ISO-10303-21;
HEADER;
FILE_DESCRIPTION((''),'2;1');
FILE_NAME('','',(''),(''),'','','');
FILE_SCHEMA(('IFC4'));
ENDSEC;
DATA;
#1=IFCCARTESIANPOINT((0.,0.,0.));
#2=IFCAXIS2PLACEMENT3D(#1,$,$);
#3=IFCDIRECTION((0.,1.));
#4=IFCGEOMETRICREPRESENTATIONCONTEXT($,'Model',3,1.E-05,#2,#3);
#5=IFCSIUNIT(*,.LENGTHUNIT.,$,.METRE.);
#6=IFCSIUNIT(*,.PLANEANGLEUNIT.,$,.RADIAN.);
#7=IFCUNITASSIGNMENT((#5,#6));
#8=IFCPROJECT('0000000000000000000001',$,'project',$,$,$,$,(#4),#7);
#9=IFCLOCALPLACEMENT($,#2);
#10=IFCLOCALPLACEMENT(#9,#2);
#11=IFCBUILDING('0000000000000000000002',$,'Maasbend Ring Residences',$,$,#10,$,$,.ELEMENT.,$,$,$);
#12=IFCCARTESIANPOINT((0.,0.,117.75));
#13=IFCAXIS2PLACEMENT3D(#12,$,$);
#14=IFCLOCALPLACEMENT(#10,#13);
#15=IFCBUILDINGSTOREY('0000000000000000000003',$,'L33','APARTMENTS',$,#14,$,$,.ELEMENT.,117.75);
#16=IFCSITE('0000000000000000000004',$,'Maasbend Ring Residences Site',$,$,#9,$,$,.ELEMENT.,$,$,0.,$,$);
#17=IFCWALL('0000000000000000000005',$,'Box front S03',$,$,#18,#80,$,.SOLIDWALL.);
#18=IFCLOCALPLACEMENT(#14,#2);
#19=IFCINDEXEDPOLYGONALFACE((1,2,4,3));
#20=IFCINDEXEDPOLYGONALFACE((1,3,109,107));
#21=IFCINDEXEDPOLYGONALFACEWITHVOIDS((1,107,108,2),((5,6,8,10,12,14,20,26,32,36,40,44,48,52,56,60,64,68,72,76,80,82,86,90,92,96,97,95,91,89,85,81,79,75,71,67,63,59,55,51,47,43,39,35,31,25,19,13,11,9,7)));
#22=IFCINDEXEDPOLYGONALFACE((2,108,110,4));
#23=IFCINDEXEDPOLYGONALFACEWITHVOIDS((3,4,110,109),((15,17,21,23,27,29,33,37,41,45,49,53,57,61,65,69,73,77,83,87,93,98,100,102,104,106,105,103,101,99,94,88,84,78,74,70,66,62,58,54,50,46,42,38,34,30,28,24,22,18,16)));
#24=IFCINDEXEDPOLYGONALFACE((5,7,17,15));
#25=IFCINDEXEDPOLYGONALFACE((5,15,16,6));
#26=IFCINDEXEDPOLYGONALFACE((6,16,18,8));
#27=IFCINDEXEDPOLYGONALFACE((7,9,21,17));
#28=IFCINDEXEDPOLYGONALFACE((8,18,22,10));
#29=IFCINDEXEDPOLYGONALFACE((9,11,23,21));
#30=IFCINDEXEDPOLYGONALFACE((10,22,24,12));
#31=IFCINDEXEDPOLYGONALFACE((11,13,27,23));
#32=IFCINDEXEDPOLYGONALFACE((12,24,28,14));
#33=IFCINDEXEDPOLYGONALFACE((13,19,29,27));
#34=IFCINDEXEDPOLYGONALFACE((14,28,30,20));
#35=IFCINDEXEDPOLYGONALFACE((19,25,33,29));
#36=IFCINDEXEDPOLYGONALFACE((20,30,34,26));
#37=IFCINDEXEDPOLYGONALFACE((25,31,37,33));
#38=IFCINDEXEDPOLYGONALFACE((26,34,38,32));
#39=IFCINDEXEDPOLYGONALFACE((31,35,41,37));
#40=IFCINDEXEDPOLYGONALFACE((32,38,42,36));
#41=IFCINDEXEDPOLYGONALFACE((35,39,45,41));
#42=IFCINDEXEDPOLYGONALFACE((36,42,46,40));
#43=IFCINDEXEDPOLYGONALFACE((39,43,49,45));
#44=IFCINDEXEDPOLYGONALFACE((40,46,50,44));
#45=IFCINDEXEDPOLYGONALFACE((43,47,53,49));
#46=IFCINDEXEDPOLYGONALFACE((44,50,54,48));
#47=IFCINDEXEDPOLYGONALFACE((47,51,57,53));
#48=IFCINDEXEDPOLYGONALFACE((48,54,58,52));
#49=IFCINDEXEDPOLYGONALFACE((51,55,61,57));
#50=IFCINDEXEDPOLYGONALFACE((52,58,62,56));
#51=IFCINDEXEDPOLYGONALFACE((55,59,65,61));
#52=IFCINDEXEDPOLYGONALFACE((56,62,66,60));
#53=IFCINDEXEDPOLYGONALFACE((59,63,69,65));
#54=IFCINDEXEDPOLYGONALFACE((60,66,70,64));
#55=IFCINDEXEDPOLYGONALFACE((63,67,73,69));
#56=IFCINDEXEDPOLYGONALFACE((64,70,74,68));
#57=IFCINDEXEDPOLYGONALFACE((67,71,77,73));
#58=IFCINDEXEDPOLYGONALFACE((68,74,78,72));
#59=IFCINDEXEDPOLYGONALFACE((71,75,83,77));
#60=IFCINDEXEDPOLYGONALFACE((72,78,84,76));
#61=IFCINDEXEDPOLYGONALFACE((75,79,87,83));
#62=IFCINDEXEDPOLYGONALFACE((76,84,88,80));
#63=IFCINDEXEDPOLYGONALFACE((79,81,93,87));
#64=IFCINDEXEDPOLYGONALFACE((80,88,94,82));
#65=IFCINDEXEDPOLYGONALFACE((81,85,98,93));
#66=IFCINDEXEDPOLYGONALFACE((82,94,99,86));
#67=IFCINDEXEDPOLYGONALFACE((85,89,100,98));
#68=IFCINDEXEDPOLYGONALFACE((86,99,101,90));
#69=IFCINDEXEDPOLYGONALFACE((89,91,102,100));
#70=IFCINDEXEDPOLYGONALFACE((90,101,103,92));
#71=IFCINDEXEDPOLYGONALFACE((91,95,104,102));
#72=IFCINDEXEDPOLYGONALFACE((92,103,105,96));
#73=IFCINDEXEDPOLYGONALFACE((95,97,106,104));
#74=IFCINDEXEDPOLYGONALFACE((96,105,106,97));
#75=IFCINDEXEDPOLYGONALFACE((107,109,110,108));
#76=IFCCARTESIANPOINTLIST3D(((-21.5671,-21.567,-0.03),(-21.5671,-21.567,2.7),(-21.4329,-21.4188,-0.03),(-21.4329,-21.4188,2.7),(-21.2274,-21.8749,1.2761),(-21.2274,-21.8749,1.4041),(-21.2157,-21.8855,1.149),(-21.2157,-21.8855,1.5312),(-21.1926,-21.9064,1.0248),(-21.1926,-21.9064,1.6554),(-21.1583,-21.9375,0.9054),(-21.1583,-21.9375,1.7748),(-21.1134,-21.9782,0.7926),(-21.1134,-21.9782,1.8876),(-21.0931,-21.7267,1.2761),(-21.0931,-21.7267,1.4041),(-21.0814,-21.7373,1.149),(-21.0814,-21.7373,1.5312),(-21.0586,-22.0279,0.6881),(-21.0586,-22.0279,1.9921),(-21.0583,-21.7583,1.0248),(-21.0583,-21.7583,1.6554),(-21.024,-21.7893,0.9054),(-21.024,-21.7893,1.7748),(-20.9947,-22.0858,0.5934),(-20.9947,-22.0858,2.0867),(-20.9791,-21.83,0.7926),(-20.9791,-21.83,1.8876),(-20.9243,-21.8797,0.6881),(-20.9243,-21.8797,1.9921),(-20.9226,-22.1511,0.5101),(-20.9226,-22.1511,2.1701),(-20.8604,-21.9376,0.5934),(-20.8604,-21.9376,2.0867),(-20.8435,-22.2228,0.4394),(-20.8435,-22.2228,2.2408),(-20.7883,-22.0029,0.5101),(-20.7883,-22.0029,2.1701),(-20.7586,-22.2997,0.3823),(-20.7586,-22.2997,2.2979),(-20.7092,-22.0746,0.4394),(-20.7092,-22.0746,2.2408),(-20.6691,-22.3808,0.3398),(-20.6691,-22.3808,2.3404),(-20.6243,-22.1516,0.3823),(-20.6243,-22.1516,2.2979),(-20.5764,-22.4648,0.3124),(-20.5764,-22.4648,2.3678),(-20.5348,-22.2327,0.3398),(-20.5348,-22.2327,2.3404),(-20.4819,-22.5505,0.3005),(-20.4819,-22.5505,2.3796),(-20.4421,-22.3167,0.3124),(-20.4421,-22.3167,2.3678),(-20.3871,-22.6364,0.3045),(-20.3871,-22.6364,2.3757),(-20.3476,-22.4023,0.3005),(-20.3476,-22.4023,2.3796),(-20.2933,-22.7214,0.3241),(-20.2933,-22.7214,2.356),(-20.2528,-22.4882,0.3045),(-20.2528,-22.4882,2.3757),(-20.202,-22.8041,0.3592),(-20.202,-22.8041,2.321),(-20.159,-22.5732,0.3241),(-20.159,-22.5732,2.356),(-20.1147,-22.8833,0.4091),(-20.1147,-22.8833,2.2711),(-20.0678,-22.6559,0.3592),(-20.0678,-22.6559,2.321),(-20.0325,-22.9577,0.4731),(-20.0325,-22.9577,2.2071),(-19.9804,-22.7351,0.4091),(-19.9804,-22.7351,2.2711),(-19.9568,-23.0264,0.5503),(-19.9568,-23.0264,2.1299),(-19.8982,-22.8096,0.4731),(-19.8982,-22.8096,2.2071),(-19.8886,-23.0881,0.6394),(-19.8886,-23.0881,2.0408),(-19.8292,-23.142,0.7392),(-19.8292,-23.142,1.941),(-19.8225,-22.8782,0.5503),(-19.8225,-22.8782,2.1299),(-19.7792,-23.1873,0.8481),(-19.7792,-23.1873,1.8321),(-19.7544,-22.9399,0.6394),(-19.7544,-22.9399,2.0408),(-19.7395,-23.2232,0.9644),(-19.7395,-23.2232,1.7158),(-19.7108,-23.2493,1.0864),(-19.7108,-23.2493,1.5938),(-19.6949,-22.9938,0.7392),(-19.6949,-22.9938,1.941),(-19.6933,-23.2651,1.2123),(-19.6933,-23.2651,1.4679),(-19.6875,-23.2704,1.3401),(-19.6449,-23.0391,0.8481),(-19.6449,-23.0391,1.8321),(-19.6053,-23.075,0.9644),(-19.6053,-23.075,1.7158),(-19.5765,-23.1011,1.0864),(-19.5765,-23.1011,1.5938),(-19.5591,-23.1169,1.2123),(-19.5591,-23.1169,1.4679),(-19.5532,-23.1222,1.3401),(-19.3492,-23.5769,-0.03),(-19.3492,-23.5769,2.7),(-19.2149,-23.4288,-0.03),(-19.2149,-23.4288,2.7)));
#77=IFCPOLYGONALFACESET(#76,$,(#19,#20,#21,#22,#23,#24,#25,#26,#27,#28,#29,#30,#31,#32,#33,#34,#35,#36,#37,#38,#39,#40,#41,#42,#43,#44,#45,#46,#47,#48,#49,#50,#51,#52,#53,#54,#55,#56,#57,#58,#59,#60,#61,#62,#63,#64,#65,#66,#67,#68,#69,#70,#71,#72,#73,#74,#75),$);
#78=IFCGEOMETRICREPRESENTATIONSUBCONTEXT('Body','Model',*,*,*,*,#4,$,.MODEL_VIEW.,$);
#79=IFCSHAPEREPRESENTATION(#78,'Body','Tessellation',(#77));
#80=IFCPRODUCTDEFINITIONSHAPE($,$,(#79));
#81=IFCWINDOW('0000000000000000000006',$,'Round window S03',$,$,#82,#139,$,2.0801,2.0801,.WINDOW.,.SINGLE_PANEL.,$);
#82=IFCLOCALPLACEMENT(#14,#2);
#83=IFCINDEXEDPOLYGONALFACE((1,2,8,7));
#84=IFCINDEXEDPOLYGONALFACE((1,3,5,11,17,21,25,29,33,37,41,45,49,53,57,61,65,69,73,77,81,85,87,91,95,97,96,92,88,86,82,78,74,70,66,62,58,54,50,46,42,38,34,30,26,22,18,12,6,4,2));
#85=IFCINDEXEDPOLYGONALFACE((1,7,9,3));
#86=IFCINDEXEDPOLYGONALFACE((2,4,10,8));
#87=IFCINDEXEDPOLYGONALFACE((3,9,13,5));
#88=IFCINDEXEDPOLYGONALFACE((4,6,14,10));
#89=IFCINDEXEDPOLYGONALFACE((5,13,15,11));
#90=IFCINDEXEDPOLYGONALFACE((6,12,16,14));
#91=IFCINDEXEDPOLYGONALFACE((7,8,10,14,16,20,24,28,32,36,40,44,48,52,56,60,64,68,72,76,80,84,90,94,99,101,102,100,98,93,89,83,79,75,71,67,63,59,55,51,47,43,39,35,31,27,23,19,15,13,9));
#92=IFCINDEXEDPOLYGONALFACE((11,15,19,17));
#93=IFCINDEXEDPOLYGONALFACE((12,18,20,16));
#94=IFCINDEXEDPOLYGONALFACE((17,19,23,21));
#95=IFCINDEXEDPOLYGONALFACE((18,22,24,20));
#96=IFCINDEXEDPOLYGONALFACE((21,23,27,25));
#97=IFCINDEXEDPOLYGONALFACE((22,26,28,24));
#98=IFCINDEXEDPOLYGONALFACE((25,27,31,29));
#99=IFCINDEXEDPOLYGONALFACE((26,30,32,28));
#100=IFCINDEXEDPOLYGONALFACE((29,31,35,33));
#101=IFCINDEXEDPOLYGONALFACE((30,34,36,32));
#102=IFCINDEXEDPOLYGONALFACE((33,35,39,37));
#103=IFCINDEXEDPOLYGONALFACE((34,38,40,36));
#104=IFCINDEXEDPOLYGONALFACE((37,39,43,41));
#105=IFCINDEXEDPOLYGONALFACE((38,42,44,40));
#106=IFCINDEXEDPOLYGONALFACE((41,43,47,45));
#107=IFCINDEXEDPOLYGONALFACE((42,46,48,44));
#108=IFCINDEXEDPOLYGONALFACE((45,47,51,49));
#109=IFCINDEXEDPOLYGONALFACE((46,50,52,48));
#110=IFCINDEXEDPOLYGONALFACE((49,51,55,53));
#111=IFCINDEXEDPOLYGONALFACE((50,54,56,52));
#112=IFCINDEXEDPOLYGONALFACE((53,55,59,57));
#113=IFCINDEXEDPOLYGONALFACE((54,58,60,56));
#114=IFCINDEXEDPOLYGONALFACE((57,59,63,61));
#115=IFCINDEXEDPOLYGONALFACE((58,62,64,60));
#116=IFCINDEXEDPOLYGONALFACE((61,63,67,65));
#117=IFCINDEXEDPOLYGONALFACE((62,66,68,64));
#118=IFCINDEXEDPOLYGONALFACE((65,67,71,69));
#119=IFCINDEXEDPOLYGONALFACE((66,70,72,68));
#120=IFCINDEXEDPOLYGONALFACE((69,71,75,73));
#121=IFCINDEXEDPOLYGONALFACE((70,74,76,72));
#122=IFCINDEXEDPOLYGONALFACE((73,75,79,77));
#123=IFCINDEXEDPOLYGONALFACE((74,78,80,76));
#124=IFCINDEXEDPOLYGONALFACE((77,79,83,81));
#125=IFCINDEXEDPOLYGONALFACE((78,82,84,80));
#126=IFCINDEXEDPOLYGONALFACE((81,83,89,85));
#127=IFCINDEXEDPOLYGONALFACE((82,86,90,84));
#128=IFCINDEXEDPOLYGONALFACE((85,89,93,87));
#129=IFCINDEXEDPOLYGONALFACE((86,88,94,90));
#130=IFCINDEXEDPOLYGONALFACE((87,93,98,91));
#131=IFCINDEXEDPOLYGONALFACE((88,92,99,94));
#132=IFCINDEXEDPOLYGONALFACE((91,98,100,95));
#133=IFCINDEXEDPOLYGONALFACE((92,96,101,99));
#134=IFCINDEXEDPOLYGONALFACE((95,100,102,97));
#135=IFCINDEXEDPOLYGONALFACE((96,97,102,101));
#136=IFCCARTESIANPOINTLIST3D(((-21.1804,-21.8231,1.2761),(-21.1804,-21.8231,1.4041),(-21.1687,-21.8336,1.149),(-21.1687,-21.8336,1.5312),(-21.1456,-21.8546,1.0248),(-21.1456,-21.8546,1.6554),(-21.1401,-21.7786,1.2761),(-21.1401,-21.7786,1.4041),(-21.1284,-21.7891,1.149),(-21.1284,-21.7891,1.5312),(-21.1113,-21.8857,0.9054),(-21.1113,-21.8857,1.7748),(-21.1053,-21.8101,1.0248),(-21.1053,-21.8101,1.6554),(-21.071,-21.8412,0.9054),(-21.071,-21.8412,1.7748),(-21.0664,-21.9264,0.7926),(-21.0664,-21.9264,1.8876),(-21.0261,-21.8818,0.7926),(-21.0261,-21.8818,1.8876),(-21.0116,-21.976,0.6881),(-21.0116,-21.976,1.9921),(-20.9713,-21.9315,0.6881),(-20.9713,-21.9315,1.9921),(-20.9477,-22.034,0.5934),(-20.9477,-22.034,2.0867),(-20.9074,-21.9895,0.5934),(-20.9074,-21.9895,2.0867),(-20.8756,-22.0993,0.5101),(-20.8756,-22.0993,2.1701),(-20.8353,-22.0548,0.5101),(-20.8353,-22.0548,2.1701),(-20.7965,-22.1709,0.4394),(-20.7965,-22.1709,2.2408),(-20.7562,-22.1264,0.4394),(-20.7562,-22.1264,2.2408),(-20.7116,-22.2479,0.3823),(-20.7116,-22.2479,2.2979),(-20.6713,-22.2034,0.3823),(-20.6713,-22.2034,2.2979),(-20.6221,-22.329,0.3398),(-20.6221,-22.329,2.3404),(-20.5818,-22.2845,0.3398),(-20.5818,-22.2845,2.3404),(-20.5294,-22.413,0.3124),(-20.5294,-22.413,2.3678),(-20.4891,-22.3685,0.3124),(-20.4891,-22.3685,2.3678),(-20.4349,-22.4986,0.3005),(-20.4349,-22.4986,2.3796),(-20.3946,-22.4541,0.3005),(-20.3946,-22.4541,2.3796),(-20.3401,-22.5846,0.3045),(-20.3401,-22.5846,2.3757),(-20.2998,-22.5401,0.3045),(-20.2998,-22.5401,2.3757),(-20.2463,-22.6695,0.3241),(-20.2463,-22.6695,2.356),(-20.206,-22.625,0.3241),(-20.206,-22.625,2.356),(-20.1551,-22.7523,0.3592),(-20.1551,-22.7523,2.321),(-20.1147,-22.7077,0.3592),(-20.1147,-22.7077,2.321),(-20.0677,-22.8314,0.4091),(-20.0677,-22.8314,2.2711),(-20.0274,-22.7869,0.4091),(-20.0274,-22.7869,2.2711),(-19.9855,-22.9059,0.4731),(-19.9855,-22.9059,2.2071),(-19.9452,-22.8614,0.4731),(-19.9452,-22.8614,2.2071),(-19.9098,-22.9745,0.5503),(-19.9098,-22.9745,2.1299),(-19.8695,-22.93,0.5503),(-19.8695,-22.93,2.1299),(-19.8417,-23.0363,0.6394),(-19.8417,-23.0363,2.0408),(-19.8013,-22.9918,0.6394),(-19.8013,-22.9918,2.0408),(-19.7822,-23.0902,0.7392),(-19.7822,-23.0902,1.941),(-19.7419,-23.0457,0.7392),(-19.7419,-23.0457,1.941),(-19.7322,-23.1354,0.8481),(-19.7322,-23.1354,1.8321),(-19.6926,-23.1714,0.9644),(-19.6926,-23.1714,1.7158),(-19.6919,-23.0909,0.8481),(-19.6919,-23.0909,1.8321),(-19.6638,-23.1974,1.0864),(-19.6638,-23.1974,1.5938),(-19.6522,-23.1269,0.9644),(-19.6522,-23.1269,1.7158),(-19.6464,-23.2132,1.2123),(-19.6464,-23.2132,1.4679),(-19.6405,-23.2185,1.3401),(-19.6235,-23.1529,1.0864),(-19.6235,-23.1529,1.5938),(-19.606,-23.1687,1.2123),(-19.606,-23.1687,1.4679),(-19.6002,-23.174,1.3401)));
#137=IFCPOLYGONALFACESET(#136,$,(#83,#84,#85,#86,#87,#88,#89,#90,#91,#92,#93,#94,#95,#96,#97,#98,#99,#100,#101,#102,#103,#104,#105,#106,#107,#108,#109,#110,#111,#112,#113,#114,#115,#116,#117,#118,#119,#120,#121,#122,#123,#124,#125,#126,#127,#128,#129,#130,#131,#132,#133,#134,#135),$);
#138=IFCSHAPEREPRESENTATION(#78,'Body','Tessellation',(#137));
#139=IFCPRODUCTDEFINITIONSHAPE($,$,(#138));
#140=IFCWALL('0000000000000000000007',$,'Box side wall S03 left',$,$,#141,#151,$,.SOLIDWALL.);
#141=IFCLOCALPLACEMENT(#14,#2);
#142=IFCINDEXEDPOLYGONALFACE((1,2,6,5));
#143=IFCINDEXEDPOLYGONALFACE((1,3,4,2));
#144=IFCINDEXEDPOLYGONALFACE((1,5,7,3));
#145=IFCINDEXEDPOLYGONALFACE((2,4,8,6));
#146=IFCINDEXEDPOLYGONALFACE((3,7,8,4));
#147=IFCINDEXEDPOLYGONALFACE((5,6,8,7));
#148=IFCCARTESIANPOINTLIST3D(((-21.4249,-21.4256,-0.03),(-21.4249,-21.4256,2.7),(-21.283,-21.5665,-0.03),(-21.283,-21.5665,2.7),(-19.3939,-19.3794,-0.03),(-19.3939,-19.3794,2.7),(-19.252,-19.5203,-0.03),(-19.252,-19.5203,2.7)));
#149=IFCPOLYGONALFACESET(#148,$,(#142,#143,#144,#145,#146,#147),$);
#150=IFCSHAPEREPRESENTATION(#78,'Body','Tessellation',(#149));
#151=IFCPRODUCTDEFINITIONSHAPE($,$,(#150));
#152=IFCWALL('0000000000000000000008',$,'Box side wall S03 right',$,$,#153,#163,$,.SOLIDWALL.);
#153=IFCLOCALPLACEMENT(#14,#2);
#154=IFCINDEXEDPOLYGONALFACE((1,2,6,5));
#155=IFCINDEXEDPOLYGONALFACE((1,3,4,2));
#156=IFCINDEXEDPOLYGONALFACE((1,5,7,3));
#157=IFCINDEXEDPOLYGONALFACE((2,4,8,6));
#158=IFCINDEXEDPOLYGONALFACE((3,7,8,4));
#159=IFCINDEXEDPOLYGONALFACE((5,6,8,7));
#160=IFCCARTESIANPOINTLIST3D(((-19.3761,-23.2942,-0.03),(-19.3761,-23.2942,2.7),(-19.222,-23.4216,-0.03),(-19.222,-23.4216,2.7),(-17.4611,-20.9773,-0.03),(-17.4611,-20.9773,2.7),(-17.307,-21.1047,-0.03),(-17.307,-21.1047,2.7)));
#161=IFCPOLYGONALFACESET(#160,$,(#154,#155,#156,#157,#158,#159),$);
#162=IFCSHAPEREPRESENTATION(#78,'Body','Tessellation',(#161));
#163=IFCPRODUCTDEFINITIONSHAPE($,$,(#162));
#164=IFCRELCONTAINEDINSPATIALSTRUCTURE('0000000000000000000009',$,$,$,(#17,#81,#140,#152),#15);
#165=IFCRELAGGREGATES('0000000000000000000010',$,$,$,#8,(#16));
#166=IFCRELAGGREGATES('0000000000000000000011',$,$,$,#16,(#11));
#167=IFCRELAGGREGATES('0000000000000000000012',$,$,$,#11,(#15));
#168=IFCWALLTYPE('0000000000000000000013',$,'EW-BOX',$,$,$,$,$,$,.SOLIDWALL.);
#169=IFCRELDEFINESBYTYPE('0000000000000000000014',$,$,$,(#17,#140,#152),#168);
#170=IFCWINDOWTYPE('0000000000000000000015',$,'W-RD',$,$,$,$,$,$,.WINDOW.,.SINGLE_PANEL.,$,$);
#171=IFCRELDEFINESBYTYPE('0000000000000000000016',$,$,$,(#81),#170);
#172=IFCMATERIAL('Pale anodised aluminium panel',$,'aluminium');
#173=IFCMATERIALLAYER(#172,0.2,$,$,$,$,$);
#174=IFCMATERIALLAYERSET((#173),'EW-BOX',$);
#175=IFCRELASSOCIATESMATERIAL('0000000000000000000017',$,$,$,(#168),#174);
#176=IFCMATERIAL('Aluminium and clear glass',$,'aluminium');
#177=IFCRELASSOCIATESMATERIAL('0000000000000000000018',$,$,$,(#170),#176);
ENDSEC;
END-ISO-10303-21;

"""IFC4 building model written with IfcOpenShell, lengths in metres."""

from ifc_helpers import new_model, si_unit, direction, frame, frame_2d, origin, place, context, subcontext, project, spatial, rectangle, circle, extrude, material, layer, layer_set, type_object, element, fill, save


model = new_model("IFC4")

# Units and contexts
model_context = context("Model", 3, precision=1e-05, world=origin(), true_north=direction((0.0, 1.0)))
body_context = subcontext(model_context, "Body", "Model", "MODEL_VIEW")
ifc_project = project(units=[si_unit("LENGTHUNIT", "METRE"), si_unit("PLANEANGLEUNIT", "RADIAN")], contexts=[model_context])

# Site, building, storey
site_placement = place(None, origin())
site = spatial("IfcSite", under=ifc_project, at=site_placement, Name="Maasbend Ring Residences Site", CompositionType="ELEMENT", RefElevation=0.0)
building_placement = place(site_placement, origin())
building = spatial("IfcBuilding", under=site, at=building_placement, Name="Maasbend Ring Residences", CompositionType="ELEMENT")
storey_placement = place(building_placement, frame((0.0, 0.0, 117.75)))
storey = spatial("IfcBuildingStorey", under=building, at=storey_placement, Name="L33", Description="APARTMENTS", CompositionType="ELEMENT", Elevation=117.75)

# Wall, opening, window
ifc_material_1 = material(Name="Pale anodised aluminium panel", Category="aluminium")
ifc_layer_1 = layer(ifc_material_1, 0.2)
ifc_layer_set_1 = layer_set([ifc_layer_1], Name="EW-BOX")
wall_type_1 = type_object("IfcWallType", Name="EW-BOX", PredefinedType="SOLIDWALL", material=ifc_layer_set_1)
wall_1_placement = place(storey_placement, frame((-21.5, -21.4929, -0.03), z_axis=(0.0, 0.0, 1.0), x_axis=(0.740998, -0.671507, 0.0)))
wall_1 = element("IfcWall", 1, at=wall_1_placement, inside=storey, type_object=wall_type_1, Name="Box front S03", PredefinedType="SOLIDWALL", context=body_context, shape_type="SweptSolid", body=[
    extrude(rectangle(XDim=2.9932, YDim=0.2, at=frame_2d((1.4966, 0.0))), origin(), (0.0, 0.0, 1.0), 2.73),
])
opening_1_placement = place(wall_1_placement, frame((0.4565, 0.0, 0.3301)))
opening_1 = element("IfcOpeningElement", 2, at=opening_1_placement, cuts=wall_1, PredefinedType="OPENING", context=body_context, shape_type="SweptSolid", body=[
    extrude(circle(Radius=1.04, at=frame_2d((1.04, 1.04))), frame((0.0, 0.1099, 0.0), z_axis=(0.0, -1.0, 0.0), x_axis=(1.0, 0.0, 0.0)), (0.0, 0.0, 1.0), 0.22),
])
ifc_material_2 = material(Name="Aluminium and clear glass", Category="aluminium")
window_type_1 = type_object("IfcWindowType", Name="W-RD", PartitioningType="SINGLE_PANEL", PredefinedType="WINDOW", material=ifc_material_2)
window_1_placement = place(opening_1_placement, origin())
window_1 = element("IfcWindow", 3, at=window_1_placement, inside=storey, type_object=window_type_1, Name="Round window S03", OverallHeight=2.0801, OverallWidth=2.0801, PartitioningType="SINGLE_PANEL", PredefinedType="WINDOW", context=body_context, shape_type="SweptSolid", body=[
    extrude(circle(Radius=1.04, at=frame_2d((1.04, 1.04))), frame((0.0, 0.03, 0.0), z_axis=(0.0, -1.0, 0.0), x_axis=(1.0, 0.0, 0.0)), (0.0, 0.0, 1.0), 0.0601),
])
fill(opening_1, window_1)

# Walls
wall_2_placement = place(storey_placement, frame((-19.323, -19.45, -0.03), z_axis=(0.0, 0.0, 1.0), x_axis=(-0.704477, -0.709727, 0.0)))
element("IfcWall", 4, at=wall_2_placement, inside=storey, type_object=wall_type_1, Name="Box side wall S03 left", PredefinedType="SOLIDWALL", context=body_context, shape_type="SweptSolid", body=[
    extrude(rectangle(XDim=2.8831, YDim=0.2, at=frame_2d((1.4414, 0.0))), origin(), (0.0, 0.0, 1.0), 2.73),
])
wall_3_placement = place(storey_placement, frame((-17.384, -21.041, -0.03), z_axis=(0.0, 0.0, 1.0), x_axis=(-0.637096, -0.770785, 0.0)))
element("IfcWall", 5, at=wall_3_placement, inside=storey, type_object=wall_type_1, Name="Box side wall S03 right", PredefinedType="SOLIDWALL", context=body_context, shape_type="SweptSolid", body=[
    extrude(rectangle(XDim=3.0059, YDim=0.2, at=frame_2d((1.5029, 0.0))), origin(), (0.0, 0.0, 1.0), 2.73),
])

save(model, "model.ifc")
